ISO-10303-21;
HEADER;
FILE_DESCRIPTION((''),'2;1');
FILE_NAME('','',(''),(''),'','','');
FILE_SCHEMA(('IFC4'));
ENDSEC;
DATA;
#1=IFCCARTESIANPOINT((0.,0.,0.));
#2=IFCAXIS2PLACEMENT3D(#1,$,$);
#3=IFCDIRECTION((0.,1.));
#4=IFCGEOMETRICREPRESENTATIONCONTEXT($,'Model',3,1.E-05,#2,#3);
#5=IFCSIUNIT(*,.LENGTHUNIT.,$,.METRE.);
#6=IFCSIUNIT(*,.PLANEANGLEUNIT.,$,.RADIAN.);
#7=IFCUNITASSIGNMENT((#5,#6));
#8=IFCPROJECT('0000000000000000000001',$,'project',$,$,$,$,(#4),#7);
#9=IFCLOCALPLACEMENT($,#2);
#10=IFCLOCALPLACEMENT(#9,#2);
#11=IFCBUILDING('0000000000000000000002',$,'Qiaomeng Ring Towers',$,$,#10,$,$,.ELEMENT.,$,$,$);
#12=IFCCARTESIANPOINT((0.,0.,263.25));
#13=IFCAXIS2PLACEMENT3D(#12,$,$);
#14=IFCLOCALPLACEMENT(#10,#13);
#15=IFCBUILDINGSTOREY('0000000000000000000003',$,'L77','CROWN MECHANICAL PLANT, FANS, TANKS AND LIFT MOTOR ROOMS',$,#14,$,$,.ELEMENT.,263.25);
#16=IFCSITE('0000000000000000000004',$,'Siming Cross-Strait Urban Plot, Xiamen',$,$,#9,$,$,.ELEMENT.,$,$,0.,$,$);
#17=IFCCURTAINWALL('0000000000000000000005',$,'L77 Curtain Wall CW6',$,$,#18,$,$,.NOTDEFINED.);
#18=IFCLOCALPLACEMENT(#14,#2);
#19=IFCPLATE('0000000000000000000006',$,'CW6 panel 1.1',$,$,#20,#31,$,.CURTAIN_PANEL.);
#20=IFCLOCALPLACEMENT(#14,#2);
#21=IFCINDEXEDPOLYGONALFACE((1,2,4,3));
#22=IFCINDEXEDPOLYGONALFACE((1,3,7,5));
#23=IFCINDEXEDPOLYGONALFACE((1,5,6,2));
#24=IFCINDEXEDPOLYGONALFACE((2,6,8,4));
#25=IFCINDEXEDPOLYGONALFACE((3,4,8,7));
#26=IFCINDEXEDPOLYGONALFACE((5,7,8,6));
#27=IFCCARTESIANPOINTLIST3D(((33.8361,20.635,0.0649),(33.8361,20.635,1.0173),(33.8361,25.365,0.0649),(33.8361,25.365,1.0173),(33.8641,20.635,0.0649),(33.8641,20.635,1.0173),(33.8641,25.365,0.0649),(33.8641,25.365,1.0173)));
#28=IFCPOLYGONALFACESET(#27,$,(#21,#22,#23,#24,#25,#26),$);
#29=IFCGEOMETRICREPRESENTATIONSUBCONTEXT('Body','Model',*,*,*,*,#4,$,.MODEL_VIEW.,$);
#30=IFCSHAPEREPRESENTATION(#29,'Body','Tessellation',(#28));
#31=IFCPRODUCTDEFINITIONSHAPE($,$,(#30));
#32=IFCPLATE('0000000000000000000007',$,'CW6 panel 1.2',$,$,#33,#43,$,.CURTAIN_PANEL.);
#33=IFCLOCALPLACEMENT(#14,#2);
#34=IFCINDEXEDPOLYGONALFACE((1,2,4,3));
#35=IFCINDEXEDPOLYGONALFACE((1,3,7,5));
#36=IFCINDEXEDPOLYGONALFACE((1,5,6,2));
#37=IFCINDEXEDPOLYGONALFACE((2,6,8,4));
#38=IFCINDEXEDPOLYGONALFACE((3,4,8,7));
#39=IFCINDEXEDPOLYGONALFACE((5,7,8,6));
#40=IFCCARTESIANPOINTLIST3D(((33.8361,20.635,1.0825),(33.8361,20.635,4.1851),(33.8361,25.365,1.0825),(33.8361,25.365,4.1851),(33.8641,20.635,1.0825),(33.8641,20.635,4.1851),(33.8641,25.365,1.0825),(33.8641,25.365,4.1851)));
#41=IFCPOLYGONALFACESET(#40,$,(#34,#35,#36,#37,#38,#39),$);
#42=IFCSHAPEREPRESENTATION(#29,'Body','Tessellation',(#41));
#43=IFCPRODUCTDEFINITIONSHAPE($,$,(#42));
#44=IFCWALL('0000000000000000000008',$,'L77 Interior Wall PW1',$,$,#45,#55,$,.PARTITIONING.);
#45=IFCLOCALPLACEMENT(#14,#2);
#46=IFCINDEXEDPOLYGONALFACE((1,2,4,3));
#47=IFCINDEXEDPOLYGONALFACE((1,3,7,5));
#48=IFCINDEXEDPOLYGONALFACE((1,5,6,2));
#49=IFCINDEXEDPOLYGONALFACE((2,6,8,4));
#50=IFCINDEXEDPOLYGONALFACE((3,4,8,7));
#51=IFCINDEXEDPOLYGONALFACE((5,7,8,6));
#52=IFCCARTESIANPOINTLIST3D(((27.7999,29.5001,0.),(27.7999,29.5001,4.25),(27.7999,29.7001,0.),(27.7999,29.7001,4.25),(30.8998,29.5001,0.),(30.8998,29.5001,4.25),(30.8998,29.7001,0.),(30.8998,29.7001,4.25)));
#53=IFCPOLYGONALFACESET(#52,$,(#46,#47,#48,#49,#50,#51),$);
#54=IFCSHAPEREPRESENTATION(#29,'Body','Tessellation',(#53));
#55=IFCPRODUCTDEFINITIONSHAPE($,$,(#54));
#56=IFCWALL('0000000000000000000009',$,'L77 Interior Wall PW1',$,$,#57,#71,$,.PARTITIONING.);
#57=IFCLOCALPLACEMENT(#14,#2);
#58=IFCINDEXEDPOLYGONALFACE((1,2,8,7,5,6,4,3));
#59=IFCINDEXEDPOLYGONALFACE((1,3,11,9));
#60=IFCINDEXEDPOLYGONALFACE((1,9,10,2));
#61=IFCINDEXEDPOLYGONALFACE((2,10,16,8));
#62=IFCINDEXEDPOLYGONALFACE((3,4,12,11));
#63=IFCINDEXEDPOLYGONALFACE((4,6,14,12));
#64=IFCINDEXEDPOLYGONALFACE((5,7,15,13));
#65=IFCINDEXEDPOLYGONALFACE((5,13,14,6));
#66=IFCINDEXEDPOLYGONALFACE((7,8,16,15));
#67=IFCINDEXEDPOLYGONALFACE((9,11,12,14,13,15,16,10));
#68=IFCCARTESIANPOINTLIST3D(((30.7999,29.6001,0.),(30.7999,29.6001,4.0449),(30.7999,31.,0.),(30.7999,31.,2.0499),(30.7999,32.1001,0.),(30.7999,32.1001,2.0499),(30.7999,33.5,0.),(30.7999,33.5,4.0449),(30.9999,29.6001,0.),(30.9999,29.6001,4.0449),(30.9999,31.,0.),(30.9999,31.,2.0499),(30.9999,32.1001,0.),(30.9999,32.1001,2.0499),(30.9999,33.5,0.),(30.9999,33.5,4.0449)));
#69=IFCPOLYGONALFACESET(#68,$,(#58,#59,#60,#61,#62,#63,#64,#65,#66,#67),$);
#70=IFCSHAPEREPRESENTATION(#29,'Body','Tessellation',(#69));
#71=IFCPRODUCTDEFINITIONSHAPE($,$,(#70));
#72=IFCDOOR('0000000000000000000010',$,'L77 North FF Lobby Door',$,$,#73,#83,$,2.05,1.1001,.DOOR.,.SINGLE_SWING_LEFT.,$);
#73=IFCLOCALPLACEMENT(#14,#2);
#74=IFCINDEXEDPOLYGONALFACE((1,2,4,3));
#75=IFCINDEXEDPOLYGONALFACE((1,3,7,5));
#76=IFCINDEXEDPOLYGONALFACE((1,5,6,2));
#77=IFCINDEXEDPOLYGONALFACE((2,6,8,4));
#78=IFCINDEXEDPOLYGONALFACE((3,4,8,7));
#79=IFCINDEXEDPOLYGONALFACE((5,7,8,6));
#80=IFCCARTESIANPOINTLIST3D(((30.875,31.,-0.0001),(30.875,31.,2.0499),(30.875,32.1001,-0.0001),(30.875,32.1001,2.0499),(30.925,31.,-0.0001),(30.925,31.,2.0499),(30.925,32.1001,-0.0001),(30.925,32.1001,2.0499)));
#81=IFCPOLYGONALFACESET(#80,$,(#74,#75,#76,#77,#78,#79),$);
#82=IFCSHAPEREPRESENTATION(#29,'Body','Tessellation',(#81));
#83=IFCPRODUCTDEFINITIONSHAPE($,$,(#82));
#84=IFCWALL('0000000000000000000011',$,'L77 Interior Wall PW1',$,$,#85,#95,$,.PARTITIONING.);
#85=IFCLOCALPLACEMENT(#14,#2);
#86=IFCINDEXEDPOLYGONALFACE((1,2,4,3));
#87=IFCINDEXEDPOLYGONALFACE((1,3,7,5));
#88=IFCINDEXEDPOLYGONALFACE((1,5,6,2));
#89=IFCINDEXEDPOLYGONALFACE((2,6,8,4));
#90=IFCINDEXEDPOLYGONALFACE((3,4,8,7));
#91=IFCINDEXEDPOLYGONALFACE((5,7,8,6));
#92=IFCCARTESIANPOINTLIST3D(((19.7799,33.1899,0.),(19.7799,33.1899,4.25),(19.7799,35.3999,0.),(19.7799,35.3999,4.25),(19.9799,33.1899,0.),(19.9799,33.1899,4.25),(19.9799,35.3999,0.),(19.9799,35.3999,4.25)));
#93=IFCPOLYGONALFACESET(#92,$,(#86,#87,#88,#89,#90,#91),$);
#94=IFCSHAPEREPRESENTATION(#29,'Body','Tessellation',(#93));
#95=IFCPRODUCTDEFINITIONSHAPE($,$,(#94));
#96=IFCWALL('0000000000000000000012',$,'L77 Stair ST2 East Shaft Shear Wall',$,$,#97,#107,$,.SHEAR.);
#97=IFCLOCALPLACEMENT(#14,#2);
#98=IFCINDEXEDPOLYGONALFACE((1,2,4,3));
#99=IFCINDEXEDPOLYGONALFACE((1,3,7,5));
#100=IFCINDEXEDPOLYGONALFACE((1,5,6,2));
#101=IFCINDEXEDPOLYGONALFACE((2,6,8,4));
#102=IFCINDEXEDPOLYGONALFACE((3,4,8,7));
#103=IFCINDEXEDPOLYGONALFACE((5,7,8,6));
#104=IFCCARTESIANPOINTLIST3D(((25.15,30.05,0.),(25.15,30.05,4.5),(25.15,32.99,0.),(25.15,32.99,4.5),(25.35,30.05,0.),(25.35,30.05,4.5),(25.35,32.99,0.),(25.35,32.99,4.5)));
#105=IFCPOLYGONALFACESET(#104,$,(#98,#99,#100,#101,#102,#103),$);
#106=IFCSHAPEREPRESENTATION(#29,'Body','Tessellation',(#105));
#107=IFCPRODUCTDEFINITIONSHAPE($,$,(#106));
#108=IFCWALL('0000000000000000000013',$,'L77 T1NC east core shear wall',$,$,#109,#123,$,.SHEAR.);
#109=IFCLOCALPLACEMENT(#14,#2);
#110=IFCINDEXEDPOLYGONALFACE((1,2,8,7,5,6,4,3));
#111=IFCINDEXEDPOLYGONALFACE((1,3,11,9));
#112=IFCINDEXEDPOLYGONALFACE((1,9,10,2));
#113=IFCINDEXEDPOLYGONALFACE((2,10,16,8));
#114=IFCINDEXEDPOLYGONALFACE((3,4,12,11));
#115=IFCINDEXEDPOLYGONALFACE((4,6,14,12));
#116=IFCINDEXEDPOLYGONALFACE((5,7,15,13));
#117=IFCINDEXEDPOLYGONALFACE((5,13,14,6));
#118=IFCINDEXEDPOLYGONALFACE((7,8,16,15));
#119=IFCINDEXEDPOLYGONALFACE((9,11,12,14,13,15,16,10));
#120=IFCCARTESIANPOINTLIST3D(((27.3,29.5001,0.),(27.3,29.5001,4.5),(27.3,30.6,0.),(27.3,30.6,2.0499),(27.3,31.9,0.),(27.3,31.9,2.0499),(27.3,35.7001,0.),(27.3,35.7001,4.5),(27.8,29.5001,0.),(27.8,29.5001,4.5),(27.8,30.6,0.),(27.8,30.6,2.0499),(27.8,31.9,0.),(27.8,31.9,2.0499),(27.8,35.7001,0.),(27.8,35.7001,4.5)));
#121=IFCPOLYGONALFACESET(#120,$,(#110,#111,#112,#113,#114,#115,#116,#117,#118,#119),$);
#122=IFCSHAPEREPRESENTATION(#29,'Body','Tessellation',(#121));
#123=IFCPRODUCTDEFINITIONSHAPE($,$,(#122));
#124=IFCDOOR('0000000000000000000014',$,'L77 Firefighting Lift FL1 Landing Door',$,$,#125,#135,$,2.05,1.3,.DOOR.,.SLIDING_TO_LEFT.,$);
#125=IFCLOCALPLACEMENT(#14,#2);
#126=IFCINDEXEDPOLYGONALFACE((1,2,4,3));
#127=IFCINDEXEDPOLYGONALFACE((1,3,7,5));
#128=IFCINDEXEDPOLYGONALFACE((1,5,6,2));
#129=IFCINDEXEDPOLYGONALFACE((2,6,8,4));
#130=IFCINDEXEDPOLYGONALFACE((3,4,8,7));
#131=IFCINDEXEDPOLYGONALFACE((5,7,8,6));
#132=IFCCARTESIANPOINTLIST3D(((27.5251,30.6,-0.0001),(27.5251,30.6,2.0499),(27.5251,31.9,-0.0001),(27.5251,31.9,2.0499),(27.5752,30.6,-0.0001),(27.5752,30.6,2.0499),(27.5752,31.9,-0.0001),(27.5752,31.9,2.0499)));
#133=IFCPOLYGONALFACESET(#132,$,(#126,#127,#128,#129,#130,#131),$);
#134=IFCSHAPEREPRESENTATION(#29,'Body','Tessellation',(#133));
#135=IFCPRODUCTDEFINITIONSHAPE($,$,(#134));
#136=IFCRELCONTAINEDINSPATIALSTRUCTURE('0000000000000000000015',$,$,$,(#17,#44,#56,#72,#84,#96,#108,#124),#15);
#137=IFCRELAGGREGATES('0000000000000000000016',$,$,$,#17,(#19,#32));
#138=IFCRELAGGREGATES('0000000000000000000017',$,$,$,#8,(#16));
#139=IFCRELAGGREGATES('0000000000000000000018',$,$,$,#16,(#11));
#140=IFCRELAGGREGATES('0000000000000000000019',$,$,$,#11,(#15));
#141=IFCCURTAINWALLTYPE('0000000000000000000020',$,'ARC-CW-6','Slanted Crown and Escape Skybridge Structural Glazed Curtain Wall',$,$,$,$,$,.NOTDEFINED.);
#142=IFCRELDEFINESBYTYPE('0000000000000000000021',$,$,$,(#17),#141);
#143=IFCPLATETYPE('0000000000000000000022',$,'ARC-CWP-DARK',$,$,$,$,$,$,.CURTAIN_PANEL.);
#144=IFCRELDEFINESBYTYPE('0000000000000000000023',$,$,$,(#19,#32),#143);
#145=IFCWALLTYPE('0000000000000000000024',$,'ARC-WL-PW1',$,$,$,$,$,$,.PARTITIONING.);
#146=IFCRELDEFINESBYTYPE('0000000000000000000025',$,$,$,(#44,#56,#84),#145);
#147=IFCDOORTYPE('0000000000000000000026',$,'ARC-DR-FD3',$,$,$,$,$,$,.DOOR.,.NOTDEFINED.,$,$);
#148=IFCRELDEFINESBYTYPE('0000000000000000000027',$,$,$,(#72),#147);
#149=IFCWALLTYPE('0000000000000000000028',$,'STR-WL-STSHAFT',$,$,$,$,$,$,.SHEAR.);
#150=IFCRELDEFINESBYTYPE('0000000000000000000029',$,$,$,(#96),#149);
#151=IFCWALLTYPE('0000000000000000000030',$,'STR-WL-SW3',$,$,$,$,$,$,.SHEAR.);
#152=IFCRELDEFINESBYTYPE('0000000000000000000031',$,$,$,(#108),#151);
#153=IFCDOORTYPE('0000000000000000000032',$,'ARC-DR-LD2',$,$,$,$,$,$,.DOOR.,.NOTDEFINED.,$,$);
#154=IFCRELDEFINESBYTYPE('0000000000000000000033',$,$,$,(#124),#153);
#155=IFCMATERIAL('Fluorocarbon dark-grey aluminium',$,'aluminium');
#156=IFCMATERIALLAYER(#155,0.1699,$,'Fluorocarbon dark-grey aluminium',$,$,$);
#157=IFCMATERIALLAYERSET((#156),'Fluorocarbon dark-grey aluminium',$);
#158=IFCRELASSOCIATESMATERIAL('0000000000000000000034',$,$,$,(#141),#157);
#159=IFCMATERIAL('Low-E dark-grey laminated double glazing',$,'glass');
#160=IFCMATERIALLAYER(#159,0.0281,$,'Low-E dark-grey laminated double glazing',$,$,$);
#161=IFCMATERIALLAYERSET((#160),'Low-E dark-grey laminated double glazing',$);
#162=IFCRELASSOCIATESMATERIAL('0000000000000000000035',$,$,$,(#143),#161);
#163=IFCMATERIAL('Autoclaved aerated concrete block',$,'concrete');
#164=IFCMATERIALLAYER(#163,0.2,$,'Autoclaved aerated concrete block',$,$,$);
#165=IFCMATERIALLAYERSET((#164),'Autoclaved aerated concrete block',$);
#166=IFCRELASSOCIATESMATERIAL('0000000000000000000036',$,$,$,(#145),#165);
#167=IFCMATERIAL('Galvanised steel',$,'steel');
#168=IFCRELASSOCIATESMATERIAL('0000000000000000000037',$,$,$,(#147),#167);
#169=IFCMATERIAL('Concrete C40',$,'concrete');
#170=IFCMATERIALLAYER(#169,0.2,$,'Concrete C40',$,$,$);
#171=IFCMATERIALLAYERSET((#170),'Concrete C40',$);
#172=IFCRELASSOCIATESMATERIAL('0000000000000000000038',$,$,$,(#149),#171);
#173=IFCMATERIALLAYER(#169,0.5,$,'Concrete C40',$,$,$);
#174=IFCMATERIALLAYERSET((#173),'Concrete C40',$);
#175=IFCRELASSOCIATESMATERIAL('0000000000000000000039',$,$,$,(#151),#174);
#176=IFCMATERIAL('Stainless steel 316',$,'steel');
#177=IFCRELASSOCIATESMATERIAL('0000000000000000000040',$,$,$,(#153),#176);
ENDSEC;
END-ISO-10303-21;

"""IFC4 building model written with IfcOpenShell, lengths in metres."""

from ifc_helpers import new_model, si_unit, direction, frame, frame_2d, origin, origin_2d, place, context, subcontext, project, spatial, rectangle, extrude, source, transform, mapped, material, layer, layer_set, type_object, element, fill, aggregate, save


model = new_model("IFC4")

# Units and contexts
model_context = context("Model", 3, precision=1e-05, world=origin(), true_north=direction((0.0, 1.0)))
body_context = subcontext(model_context, "Body", "Model", "MODEL_VIEW")
ifc_project = project(units=[si_unit("LENGTHUNIT", "METRE"), si_unit("PLANEANGLEUNIT", "RADIAN")], contexts=[model_context])

# Site, building, storey
site_placement = place(None, origin())
site = spatial("IfcSite", under=ifc_project, at=site_placement, Name="Siming Cross-Strait Urban Plot, Xiamen", CompositionType="ELEMENT", RefElevation=0.0)
building_placement = place(site_placement, origin())
building = spatial("IfcBuilding", under=site, at=building_placement, Name="Qiaomeng Ring Towers", CompositionType="ELEMENT")
storey_placement = place(building_placement, frame((0.0, 0.0, 263.25)))
storey = spatial("IfcBuildingStorey", under=building, at=storey_placement, Name="L77", Description="CROWN MECHANICAL PLANT, FANS, TANKS AND LIFT MOTOR ROOMS", CompositionType="ELEMENT", Elevation=263.25)

# Shared definitions
ifc_material_1 = material(Name="Concrete C40", Category="concrete")

# Shared definitions
ifc_material_2 = material(Name="Fluorocarbon dark-grey aluminium", Category="aluminium")

# Curtain wall
ifc_layer_1 = layer(ifc_material_2, 0.1699, Name="Fluorocarbon dark-grey aluminium")
ifc_layer_set_1 = layer_set([ifc_layer_1], Name="Fluorocarbon dark-grey aluminium")
curtain_wall_type_1 = type_object("IfcCurtainWallType", Name="ARC-CW-6", Description="Slanted Crown and Escape Skybridge Structural Glazed Curtain Wall", PredefinedType="NOTDEFINED", material=ifc_layer_set_1)
curtain_wall_1_placement = place(storey_placement, origin())
curtain_wall_1 = element("IfcCurtainWall", 1, at=curtain_wall_1_placement, inside=storey, type_object=curtain_wall_type_1, Name="L77 Curtain Wall CW6", PredefinedType="NOTDEFINED")

# Plates
ifc_material_3 = material(Name="Low-E dark-grey laminated double glazing", Category="glass")
ifc_layer_2 = layer(ifc_material_3, 0.0281, Name="Low-E dark-grey laminated double glazing")
ifc_layer_set_2 = layer_set([ifc_layer_2], Name="Low-E dark-grey laminated double glazing")
plate_type = type_object("IfcPlateType", Name="ARC-CWP-DARK", PredefinedType="CURTAIN_PANEL", material=ifc_layer_set_2)
shared_shape_1 = source(origin(), body_context, "Body", "SweptSolid", [
    extrude(rectangle(XDim=4.73, YDim=0.0281, at=origin_2d()), origin(), (0.0, 0.0, 1.0), 0.9524),
])
plate_1_placement = place(storey_placement, frame((33.8501, 23.0, 0.0649), z_axis=(0.0, 0.0, 1.0), x_axis=(0.0, 1.0, 0.0)))
plate_1 = element("IfcPlate", 2, at=plate_1_placement, type_object=plate_type, Name="CW6 panel 1.1", PredefinedType="CURTAIN_PANEL", context=body_context, shape_type="MappedRepresentation", body=[
    mapped(shared_shape_1, transform((0.0, 0.0, 0.0), x_axis=(1.0, 0.0, 0.0), y_axis=(0.0, 1.0, 0.0), z_axis=(0.0, 0.0, 1.0), scale=1.0)),
])
shared_shape_2 = source(origin(), body_context, "Body", "SweptSolid", [
    extrude(rectangle(XDim=4.73, YDim=0.0281, at=origin_2d()), origin(), (0.0, 0.0, 1.0), 3.1025),
])
plate_2_placement = place(storey_placement, frame((33.8501, 23.0, 1.0825), z_axis=(0.0, 0.0, 1.0), x_axis=(0.0, 1.0, 0.0)))
plate_2 = element("IfcPlate", 3, at=plate_2_placement, type_object=plate_type, Name="CW6 panel 1.2", PredefinedType="CURTAIN_PANEL", context=body_context, shape_type="MappedRepresentation", body=[
    mapped(shared_shape_2, transform((0.0, 0.0, 0.0), x_axis=(1.0, 0.0, 0.0), y_axis=(0.0, 1.0, 0.0), z_axis=(0.0, 0.0, 1.0), scale=1.0)),
])
aggregate(curtain_wall_1, [plate_1, plate_2])

# Wall
ifc_material_4 = material(Name="Autoclaved aerated concrete block", Category="concrete")
ifc_layer_3 = layer(ifc_material_4, 0.2, Name="Autoclaved aerated concrete block")
ifc_layer_set_3 = layer_set([ifc_layer_3], Name="Autoclaved aerated concrete block")
wall_type_1 = type_object("IfcWallType", Name="ARC-WL-PW1", PredefinedType="PARTITIONING", material=ifc_layer_set_3)
wall_1_placement = place(storey_placement, frame((27.8, 29.6001, 0.0), z_axis=(0.0, 0.0, 1.0), x_axis=(1.0, 0.0, 0.0)))
element("IfcWall", 4, at=wall_1_placement, inside=storey, type_object=wall_type_1, Name="L77 Interior Wall PW1", PredefinedType="PARTITIONING", context=body_context, shape_type="SweptSolid", body=[
    extrude(rectangle(XDim=3.0999, YDim=0.2, at=frame_2d((1.5498, 0.0))), origin(), (0.0, 0.0, 1.0), 4.25),
])

# Wall, opening, door
wall_2_placement = place(storey_placement, frame((30.8999, 29.6001, 0.0), z_axis=(0.0, 0.0, 1.0), x_axis=(0.0, 1.0, 0.0)))
wall_2 = element("IfcWall", 5, at=wall_2_placement, inside=storey, type_object=wall_type_1, Name="L77 Interior Wall PW1", PredefinedType="PARTITIONING", context=body_context, shape_type="SweptSolid", body=[
    extrude(rectangle(XDim=3.8999, YDim=0.2, at=frame_2d((1.95, 0.0))), origin(), (0.0, 0.0, 1.0), 4.0449),
])
opening_1_placement = place(wall_2_placement, frame((1.3999, 0.0, 0.0)))
opening_1 = element("IfcOpeningElement", 6, at=opening_1_placement, cuts=wall_2, PredefinedType="OPENING", context=body_context, shape_type="SweptSolid", body=[
    extrude(rectangle(XDim=1.1001, YDim=2.05, at=frame_2d((0.55, 1.0249))), frame((0.0, 0.1099, 0.0), z_axis=(0.0, -1.0, 0.0), x_axis=(1.0, 0.0, 0.0)), (0.0, 0.0, 1.0), 0.22),
])
ifc_material_5 = material(Name="Galvanised steel", Category="steel")
door_type_1 = type_object("IfcDoorType", Name="ARC-DR-FD3", OperationType="NOTDEFINED", PredefinedType="DOOR", material=ifc_material_5)
shared_shape_3 = source(origin(), body_context, "Body", "SweptSolid", [
    extrude(rectangle(XDim=1.1001, YDim=2.05, at=frame_2d((0.55, 1.0249))), frame((0.0, 0.0249, 0.0), z_axis=(0.0, -1.0, 0.0), x_axis=(1.0, 0.0, 0.0)), (0.0, 0.0, 1.0), 0.05),
])
door_1_placement = place(opening_1_placement, origin())
door_1 = element("IfcDoor", 7, at=door_1_placement, inside=storey, type_object=door_type_1, Name="L77 North FF Lobby Door", OperationType="SINGLE_SWING_LEFT", OverallHeight=2.05, OverallWidth=1.1001, PredefinedType="DOOR", context=body_context, shape_type="MappedRepresentation", body=[
    mapped(shared_shape_3, transform((0.0, 0.0, 0.0), x_axis=(1.0, 0.0, 0.0), y_axis=(0.0, 1.0, 0.0), z_axis=(0.0, 0.0, 1.0), scale=1.0)),
])
fill(opening_1, door_1)

# Walls
wall_3_placement = place(storey_placement, frame((19.8799, 33.1899, 0.0), z_axis=(0.0, 0.0, 1.0), x_axis=(0.0, 1.0, 0.0)))
element("IfcWall", 8, at=wall_3_placement, inside=storey, type_object=wall_type_1, Name="L77 Interior Wall PW1", PredefinedType="PARTITIONING", context=body_context, shape_type="SweptSolid", body=[
    extrude(rectangle(XDim=2.21, YDim=0.2, at=frame_2d((1.105, 0.0))), origin(), (0.0, 0.0, 1.0), 4.25),
])
ifc_layer_4 = layer(ifc_material_1, 0.2, Name="Concrete C40")
ifc_layer_set_4 = layer_set([ifc_layer_4], Name="Concrete C40")
wall_type_2 = type_object("IfcWallType", Name="STR-WL-STSHAFT", PredefinedType="SHEAR", material=ifc_layer_set_4)
wall_4_placement = place(storey_placement, frame((25.25, 30.05, 0.0), z_axis=(0.0, 0.0, 1.0), x_axis=(0.0, 1.0, 0.0)))
element("IfcWall", 9, at=wall_4_placement, inside=storey, type_object=wall_type_2, Name="L77 Stair ST2 East Shaft Shear Wall", PredefinedType="SHEAR", context=body_context, shape_type="SweptSolid", body=[
    extrude(rectangle(XDim=2.9399, YDim=0.2, at=frame_2d((1.47, 0.0))), origin(), (0.0, 0.0, 1.0), 4.5),
])

# Wall, opening, door
ifc_layer_5 = layer(ifc_material_1, 0.5, Name="Concrete C40")
ifc_layer_set_5 = layer_set([ifc_layer_5], Name="Concrete C40")
wall_type_3 = type_object("IfcWallType", Name="STR-WL-SW3", PredefinedType="SHEAR", material=ifc_layer_set_5)
wall_5_placement = place(storey_placement, frame((27.55, 29.5, 0.0), z_axis=(0.0, 0.0, 1.0), x_axis=(0.0, 1.0, 0.0)))
wall_5 = element("IfcWall", 10, at=wall_5_placement, inside=storey, type_object=wall_type_3, Name="L77 T1NC east core shear wall", PredefinedType="SHEAR", context=body_context, shape_type="SweptSolid", body=[
    extrude(rectangle(XDim=6.2, YDim=0.5, at=frame_2d((3.1001, 0.0))), origin(), (0.0, 0.0, 1.0), 4.5),
])
opening_2_placement = place(wall_5_placement, frame((1.1001, 0.0, 0.0)))
opening_2 = element("IfcOpeningElement", 11, at=opening_2_placement, cuts=wall_5, PredefinedType="OPENING", context=body_context, shape_type="SweptSolid", body=[
    extrude(rectangle(XDim=1.3, YDim=2.05, at=frame_2d((0.6499, 1.0249))), frame((0.0, 0.26, 0.0), z_axis=(0.0, -1.0, 0.0), x_axis=(1.0, 0.0, 0.0)), (0.0, 0.0, 1.0), 0.52),
])
ifc_material_6 = material(Name="Stainless steel 316", Category="steel")
door_type_2 = type_object("IfcDoorType", Name="ARC-DR-LD2", OperationType="NOTDEFINED", PredefinedType="DOOR", material=ifc_material_6)
shared_shape_4 = source(origin(), body_context, "Body", "SweptSolid", [
    extrude(rectangle(XDim=1.3, YDim=2.05, at=frame_2d((0.6499, 1.0249))), frame((0.0, 0.0249, 0.0), z_axis=(0.0, -1.0, 0.0), x_axis=(1.0, 0.0, 0.0)), (0.0, 0.0, 1.0), 0.05),
])
door_2_placement = place(opening_2_placement, origin())
door_2 = element("IfcDoor", 12, at=door_2_placement, inside=storey, type_object=door_type_2, Name="L77 Firefighting Lift FL1 Landing Door", OperationType="SLIDING_TO_LEFT", OverallHeight=2.05, OverallWidth=1.3, PredefinedType="DOOR", context=body_context, shape_type="MappedRepresentation", body=[
    mapped(shared_shape_4, transform((0.0, 0.0, 0.0), x_axis=(1.0, 0.0, 0.0), y_axis=(0.0, 1.0, 0.0), z_axis=(0.0, 0.0, 1.0), scale=1.0)),
])
fill(opening_2, door_2)

save(model, "model.ifc")
